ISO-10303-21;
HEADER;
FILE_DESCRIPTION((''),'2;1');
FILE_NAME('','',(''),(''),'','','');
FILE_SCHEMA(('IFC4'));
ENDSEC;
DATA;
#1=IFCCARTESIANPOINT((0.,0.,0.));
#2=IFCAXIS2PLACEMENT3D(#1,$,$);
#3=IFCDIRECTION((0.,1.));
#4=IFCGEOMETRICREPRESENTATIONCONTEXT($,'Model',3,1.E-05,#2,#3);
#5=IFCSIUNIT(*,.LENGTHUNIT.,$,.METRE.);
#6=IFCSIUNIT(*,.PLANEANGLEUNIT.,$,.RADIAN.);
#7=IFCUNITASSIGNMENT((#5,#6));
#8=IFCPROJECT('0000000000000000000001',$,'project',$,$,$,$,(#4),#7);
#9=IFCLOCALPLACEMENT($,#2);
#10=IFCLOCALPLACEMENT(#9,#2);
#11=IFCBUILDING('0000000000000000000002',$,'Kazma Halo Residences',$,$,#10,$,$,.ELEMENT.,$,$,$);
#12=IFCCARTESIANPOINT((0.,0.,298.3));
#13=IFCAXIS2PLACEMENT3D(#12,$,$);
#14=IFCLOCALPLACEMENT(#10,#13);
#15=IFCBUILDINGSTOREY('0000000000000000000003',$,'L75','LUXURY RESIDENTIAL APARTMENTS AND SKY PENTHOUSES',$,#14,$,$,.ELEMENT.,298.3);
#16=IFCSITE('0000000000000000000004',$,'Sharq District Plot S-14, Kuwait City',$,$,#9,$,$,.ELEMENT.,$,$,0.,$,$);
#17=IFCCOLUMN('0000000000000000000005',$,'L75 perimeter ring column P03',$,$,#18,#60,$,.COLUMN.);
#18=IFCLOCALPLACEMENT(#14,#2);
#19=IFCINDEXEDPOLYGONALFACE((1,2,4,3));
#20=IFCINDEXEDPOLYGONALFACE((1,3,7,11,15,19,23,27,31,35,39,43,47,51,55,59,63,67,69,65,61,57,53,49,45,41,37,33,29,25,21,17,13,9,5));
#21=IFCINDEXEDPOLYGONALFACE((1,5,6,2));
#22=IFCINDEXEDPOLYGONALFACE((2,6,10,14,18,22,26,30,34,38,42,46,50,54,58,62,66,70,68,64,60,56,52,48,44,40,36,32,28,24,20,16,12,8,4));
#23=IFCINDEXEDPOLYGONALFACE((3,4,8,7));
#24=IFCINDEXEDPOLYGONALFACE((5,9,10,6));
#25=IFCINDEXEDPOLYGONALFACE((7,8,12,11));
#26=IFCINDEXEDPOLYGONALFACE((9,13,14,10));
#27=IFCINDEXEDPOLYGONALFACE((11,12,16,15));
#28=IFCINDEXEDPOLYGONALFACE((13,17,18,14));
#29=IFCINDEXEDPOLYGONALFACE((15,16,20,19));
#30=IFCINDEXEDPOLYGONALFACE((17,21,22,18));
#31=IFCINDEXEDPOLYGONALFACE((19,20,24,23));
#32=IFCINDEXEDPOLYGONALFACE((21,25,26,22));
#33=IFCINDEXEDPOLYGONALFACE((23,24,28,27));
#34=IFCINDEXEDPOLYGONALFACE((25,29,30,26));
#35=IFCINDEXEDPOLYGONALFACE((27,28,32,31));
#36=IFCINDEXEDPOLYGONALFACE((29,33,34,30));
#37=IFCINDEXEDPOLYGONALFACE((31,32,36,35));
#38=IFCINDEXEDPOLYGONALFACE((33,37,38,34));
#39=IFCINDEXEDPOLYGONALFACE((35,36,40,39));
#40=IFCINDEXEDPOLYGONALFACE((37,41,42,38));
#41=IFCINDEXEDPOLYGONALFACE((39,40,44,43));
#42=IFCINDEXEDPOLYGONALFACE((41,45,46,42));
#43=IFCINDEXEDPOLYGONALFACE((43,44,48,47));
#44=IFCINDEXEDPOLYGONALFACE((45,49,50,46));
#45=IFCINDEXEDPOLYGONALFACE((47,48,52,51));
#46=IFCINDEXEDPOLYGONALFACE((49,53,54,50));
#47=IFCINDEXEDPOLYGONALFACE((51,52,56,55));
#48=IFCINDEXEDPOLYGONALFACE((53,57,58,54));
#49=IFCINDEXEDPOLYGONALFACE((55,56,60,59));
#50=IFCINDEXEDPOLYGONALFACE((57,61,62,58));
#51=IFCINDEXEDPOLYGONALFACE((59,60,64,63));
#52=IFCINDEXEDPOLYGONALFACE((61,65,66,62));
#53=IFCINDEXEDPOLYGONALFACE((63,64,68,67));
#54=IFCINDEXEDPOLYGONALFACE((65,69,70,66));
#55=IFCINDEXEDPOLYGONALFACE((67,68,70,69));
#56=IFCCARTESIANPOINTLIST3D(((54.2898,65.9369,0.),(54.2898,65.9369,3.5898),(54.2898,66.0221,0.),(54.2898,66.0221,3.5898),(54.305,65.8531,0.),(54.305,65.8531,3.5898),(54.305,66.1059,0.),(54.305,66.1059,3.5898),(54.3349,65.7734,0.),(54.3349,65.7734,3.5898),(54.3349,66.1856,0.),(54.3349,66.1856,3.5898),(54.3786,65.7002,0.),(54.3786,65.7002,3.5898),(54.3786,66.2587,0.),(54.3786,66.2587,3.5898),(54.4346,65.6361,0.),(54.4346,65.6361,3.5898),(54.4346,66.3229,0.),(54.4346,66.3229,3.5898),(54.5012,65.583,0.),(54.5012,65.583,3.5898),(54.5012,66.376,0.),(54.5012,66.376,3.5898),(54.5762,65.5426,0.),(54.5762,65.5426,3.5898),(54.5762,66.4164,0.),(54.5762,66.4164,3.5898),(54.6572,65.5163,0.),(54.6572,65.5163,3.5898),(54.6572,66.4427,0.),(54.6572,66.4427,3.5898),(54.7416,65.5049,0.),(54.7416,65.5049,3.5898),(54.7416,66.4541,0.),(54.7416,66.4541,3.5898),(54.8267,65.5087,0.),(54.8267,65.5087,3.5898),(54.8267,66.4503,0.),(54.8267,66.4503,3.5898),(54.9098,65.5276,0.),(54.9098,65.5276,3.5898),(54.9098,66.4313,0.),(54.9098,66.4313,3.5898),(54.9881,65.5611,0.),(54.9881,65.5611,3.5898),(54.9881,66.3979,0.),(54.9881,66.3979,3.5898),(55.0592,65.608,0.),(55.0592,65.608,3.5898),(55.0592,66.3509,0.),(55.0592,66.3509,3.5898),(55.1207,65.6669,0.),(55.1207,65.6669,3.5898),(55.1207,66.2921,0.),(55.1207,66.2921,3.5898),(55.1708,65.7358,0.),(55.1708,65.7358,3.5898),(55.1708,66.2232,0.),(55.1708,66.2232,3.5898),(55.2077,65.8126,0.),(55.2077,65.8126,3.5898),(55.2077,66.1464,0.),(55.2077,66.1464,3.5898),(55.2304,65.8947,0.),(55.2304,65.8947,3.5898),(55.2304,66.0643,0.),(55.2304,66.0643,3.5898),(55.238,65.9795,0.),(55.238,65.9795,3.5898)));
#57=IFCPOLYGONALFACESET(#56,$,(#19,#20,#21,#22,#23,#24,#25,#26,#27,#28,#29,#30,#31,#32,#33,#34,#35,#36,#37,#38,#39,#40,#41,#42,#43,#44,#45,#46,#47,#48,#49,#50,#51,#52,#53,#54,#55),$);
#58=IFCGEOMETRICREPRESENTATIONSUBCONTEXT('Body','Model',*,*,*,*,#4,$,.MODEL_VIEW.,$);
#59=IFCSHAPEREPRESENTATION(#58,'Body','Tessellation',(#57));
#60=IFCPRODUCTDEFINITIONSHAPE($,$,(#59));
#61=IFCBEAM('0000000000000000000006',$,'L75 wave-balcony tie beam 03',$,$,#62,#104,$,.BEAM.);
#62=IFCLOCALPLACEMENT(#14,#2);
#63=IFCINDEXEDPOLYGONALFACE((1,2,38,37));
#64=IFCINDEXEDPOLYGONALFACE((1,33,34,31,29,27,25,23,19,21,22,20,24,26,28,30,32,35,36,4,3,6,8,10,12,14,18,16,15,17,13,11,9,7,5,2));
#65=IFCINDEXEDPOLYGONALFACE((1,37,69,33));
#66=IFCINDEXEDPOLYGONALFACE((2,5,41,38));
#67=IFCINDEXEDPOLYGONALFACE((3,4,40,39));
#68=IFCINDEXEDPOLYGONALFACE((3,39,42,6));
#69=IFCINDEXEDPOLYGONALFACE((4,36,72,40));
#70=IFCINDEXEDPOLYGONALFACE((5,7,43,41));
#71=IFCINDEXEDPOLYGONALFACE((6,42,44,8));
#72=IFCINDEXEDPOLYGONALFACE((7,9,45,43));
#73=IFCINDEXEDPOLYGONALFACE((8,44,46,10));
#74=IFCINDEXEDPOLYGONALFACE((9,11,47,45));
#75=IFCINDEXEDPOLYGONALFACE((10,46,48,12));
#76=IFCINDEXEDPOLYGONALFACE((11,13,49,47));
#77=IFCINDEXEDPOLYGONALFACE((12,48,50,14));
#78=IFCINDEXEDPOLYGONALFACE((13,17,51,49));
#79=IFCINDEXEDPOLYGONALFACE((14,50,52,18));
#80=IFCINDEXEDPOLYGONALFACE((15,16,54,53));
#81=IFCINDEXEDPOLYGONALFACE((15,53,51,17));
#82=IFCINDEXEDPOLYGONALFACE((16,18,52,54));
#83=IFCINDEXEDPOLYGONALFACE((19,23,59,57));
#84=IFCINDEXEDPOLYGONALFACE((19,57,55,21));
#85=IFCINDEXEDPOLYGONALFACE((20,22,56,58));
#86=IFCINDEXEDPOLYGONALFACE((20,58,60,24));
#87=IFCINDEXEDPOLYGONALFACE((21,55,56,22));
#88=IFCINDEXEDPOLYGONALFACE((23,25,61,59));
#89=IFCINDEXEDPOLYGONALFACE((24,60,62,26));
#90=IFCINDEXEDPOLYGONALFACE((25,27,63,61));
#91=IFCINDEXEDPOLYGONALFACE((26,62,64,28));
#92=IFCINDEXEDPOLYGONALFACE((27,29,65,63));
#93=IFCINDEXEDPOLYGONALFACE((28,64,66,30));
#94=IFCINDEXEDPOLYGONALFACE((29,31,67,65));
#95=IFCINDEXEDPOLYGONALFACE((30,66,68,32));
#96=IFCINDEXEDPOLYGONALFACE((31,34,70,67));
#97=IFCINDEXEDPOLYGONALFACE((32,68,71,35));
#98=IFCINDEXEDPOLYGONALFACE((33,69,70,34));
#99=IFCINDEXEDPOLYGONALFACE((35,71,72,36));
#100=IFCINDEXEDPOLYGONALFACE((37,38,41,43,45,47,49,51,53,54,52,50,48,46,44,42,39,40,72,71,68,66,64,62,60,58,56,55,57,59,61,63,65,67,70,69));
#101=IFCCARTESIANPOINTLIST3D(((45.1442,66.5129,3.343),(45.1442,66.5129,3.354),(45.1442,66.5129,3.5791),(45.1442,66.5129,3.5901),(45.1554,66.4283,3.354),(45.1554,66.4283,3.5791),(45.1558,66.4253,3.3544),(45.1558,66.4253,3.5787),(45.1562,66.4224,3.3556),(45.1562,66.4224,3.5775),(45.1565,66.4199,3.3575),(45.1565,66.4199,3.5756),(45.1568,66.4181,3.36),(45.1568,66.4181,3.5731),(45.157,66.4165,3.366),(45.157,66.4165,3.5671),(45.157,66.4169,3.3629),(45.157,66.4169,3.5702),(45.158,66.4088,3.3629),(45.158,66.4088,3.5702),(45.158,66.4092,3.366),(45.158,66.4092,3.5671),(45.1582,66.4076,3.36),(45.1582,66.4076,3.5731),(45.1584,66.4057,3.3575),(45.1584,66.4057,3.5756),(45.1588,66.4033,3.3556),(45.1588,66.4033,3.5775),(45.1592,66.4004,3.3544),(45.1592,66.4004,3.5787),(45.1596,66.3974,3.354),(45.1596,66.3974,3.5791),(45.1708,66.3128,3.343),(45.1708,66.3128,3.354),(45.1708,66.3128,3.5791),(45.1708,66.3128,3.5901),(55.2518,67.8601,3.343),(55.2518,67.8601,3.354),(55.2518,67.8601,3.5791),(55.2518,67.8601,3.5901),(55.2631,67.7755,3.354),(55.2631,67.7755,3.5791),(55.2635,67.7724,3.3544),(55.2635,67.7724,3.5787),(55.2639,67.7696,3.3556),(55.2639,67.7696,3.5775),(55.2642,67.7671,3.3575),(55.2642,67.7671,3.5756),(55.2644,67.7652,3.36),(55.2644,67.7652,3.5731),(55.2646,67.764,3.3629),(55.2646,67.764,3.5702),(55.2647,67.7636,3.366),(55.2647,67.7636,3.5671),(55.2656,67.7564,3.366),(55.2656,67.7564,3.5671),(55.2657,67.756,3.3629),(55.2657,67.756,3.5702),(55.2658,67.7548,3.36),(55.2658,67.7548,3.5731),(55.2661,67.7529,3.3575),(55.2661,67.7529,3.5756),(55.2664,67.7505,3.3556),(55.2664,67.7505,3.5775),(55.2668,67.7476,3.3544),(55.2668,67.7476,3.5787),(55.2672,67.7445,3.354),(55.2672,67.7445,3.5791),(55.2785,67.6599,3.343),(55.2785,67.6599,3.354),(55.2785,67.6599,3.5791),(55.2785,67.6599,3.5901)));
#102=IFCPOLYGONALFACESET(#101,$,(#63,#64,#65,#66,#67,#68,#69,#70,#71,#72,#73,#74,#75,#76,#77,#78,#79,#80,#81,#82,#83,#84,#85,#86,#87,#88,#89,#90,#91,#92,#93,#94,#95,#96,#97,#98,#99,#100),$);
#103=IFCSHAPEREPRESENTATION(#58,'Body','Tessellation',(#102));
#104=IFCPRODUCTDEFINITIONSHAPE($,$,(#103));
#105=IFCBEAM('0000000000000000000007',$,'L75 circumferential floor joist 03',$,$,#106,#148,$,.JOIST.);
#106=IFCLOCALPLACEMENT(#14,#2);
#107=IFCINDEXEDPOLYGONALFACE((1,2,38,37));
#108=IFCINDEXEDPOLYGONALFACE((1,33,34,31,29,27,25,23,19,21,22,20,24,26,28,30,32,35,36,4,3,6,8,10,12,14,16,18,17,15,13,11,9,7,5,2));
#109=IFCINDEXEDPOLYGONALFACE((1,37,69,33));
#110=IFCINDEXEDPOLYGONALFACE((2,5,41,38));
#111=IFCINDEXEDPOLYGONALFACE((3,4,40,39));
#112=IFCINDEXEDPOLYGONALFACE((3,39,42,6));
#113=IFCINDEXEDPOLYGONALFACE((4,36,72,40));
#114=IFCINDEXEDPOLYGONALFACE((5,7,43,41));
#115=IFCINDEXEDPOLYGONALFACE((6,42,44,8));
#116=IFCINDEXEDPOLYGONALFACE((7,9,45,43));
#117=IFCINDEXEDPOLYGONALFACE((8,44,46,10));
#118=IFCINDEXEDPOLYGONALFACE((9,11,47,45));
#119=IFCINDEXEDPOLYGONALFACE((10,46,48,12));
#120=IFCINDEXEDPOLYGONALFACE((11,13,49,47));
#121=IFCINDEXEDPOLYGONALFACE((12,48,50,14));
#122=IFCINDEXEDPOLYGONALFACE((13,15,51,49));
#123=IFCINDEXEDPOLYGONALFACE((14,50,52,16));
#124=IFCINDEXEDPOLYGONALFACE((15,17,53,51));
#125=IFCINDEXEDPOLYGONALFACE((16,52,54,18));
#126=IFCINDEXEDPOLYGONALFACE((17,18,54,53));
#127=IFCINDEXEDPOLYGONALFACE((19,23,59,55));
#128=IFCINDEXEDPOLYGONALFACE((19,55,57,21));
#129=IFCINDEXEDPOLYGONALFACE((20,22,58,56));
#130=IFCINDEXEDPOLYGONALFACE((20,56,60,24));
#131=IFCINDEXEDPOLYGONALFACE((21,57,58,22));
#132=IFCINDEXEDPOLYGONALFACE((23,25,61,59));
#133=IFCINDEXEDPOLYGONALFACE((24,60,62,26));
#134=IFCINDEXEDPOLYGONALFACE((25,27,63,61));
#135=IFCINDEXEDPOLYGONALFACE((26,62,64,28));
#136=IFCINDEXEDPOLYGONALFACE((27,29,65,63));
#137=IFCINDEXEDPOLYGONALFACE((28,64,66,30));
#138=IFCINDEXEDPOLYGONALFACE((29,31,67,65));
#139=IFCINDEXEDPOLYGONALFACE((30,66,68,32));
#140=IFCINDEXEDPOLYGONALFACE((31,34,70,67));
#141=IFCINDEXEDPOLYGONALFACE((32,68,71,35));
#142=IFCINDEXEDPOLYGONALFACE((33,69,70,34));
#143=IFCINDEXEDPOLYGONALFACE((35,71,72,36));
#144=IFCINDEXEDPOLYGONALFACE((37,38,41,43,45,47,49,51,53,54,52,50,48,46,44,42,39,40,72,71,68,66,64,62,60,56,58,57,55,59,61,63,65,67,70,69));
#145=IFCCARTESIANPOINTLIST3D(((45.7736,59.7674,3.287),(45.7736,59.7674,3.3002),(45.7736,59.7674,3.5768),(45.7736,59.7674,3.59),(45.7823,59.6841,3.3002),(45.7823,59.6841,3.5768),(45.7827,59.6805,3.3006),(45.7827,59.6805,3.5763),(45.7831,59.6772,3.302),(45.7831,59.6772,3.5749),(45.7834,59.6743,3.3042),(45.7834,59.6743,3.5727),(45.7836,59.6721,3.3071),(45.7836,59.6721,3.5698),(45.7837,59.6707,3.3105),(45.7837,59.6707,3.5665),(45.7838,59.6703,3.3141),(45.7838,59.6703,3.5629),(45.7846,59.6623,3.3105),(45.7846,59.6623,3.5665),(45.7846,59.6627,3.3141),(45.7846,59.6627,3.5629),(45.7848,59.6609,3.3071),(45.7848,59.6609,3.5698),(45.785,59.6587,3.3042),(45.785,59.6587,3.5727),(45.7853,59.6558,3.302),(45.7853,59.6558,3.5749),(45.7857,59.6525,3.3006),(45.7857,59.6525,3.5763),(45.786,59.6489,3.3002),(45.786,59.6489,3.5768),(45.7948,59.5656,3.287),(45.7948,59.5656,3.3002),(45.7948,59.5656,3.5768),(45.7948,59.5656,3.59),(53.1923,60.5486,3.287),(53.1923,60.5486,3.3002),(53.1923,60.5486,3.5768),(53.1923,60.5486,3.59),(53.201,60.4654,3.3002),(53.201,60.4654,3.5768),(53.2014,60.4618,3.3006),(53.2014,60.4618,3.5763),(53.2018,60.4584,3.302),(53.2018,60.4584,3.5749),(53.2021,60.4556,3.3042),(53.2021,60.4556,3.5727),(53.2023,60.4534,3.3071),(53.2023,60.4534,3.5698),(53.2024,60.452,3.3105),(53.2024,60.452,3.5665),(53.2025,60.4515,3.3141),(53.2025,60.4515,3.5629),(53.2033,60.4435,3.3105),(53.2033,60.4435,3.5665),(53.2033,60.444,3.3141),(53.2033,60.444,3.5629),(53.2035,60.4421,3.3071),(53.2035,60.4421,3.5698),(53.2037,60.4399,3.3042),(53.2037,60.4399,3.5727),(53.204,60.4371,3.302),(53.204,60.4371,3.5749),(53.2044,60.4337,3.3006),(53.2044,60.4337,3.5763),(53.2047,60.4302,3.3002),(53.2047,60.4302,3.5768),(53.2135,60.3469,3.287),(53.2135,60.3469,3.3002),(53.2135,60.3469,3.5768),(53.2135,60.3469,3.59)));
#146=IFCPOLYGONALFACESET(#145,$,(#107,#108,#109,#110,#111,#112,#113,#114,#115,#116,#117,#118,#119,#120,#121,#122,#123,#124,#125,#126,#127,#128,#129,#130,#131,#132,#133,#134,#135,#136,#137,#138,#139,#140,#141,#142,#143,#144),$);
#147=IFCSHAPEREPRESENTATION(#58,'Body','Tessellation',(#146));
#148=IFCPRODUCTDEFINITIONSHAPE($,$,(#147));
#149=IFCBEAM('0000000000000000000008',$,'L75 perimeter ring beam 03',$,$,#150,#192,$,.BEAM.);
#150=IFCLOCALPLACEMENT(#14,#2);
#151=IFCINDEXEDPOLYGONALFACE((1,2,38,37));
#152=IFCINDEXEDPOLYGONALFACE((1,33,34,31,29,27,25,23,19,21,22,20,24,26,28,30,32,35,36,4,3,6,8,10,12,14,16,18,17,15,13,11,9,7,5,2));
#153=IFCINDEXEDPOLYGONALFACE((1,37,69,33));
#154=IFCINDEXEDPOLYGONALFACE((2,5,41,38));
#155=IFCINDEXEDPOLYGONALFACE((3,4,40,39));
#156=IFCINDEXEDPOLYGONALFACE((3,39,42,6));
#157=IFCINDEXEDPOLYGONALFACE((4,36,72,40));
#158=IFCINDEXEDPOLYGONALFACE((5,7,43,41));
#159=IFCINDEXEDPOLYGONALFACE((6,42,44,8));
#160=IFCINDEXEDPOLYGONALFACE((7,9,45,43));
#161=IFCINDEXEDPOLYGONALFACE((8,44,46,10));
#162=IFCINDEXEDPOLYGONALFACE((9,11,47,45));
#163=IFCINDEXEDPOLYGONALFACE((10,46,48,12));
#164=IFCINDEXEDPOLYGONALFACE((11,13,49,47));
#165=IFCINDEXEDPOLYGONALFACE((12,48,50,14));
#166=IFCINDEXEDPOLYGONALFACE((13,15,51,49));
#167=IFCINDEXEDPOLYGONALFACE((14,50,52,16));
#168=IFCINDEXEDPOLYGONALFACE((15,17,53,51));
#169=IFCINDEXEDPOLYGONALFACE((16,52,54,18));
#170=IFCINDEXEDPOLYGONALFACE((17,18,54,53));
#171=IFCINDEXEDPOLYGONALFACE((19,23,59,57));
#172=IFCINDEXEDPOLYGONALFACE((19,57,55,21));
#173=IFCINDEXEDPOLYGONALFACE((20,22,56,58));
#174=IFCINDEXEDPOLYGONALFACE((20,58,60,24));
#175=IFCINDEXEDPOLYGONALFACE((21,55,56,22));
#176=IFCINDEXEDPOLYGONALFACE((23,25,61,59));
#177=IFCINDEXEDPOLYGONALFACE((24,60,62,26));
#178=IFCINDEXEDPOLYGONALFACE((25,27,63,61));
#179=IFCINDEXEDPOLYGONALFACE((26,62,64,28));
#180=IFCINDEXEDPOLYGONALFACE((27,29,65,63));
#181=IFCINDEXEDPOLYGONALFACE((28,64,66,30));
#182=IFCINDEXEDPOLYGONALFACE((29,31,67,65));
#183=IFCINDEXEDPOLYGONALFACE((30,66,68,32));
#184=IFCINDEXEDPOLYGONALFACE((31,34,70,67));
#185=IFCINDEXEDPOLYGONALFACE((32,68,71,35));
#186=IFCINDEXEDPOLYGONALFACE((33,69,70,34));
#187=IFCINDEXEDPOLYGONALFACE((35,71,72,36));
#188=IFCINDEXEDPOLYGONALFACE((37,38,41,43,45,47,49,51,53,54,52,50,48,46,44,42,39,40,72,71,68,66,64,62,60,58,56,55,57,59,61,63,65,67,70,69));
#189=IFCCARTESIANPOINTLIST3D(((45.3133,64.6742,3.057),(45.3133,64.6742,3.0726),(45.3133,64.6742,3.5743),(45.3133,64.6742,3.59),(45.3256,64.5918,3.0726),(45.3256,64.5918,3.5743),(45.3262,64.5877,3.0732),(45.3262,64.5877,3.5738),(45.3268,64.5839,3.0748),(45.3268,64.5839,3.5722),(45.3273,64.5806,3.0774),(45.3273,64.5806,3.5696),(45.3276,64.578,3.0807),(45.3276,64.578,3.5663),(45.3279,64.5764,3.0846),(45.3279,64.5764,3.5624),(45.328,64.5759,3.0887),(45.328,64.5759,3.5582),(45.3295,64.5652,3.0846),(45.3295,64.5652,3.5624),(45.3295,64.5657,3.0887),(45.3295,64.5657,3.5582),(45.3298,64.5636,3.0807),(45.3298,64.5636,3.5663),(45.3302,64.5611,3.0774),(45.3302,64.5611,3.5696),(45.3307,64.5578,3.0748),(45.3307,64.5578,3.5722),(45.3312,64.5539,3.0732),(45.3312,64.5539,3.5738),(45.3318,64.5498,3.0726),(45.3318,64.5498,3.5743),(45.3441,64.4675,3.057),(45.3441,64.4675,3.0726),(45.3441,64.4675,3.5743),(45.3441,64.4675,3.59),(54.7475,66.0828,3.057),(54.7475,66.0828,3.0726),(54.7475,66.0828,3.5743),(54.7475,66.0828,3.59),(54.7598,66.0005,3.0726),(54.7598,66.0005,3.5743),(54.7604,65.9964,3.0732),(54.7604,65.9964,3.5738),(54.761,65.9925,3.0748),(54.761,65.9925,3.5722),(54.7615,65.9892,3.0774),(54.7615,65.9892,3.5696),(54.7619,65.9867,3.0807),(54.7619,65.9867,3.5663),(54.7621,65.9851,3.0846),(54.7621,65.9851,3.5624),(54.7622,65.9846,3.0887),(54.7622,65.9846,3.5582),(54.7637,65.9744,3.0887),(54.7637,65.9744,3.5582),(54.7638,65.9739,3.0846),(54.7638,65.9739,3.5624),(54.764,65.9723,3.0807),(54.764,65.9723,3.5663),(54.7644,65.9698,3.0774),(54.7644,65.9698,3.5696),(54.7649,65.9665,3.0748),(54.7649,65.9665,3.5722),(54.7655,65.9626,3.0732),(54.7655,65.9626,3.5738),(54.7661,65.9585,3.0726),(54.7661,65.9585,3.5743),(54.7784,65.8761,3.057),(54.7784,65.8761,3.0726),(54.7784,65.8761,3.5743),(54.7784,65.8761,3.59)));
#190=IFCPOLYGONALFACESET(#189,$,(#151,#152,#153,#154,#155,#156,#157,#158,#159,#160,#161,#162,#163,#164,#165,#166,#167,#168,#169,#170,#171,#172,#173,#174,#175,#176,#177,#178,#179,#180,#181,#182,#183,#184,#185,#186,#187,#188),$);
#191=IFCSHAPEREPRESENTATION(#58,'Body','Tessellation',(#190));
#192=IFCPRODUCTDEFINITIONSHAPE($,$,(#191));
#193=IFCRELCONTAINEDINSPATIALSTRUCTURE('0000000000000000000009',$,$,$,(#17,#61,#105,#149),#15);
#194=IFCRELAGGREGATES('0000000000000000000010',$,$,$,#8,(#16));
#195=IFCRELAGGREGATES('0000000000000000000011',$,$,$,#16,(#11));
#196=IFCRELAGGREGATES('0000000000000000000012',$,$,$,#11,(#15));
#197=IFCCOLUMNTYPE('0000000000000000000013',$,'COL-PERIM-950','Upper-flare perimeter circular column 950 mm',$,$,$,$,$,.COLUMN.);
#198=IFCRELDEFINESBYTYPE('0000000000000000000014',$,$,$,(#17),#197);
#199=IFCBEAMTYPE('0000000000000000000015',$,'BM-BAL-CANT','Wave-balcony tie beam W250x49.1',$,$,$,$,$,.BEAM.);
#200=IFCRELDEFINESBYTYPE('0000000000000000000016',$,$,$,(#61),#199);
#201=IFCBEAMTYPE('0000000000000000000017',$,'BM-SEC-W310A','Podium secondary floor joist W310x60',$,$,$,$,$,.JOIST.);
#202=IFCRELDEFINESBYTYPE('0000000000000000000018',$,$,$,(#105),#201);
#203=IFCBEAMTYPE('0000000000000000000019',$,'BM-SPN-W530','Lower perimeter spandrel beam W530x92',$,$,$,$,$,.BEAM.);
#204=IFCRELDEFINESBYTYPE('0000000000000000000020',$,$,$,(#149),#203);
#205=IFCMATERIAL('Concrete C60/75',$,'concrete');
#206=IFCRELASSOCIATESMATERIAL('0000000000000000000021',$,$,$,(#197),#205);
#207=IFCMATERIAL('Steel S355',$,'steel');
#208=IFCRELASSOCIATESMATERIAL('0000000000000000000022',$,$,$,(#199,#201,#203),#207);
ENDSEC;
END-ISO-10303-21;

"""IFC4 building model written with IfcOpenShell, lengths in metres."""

from ifc_helpers import new_model, si_unit, direction, frame, origin, origin_2d, place, context, subcontext, project, spatial, circle, i_section, extrude, material, material_profile, profile_set, type_object, element, save


model = new_model("IFC4")

# Units and contexts
model_context = context("Model", 3, precision=1e-05, world=origin(), true_north=direction((0.0, 1.0)))
body_context = subcontext(model_context, "Body", "Model", "MODEL_VIEW")
ifc_project = project(units=[si_unit("LENGTHUNIT", "METRE"), si_unit("PLANEANGLEUNIT", "RADIAN")], contexts=[model_context])

# Site, building, storey
site_placement = place(None, origin())
site = spatial("IfcSite", under=ifc_project, at=site_placement, Name="Sharq District Plot S-14, Kuwait City", CompositionType="ELEMENT", RefElevation=0.0)
building_placement = place(site_placement, origin())
building = spatial("IfcBuilding", under=site, at=building_placement, Name="Kazma Halo Residences", CompositionType="ELEMENT")
storey_placement = place(building_placement, frame((0.0, 0.0, 298.3)))
storey = spatial("IfcBuildingStorey", under=building, at=storey_placement, Name="L75", Description="LUXURY RESIDENTIAL APARTMENTS AND SKY PENTHOUSES", CompositionType="ELEMENT", Elevation=298.3)

# Column
ifc_material_1 = material(Name="Concrete C60/75", Category="concrete")
ifc_material_profile_1 = material_profile(ifc_material_1, circle(Radius=0.4751, at=origin_2d()), Name="CIRC950")
ifc_profile_set_1 = profile_set([ifc_material_profile_1], Name="Concrete C60/75")
column_type = type_object("IfcColumnType", Name="COL-PERIM-950", Description="Upper-flare perimeter circular column 950 mm", PredefinedType="COLUMN", material=ifc_profile_set_1)
column_placement = place(storey_placement, frame((54.7629, 65.9795, 0.0), z_axis=(0.0, 0.0, 1.0), x_axis=(1.0, 0.0, 0.0)))
element("IfcColumn", 1, at=column_placement, inside=storey, type_object=column_type, Name="L75 perimeter ring column P03", PredefinedType="COLUMN", context=body_context, shape_type="SweptSolid", body=[
    extrude(circle(Radius=0.4751, at=origin_2d()), origin(), (0.0, 0.0, 1.0), 3.5898),
])

# Beams
ifc_material_2 = material(Name="Steel S355", Category="steel")
ifc_material_profile_2 = material_profile(ifc_material_2, i_section(OverallWidth=0.2019, OverallDepth=0.2471, WebThickness=0.0073, FlangeThickness=0.011, FilletRadius=0.012, at=origin_2d()), Name="W250x49.1")
ifc_profile_set_2 = profile_set([ifc_material_profile_2], Name="Steel S355")
beam_type_1 = type_object("IfcBeamType", Name="BM-BAL-CANT", Description="Wave-balcony tie beam W250x49.1", PredefinedType="BEAM", material=ifc_profile_set_2)
beam_1_placement = place(storey_placement, frame((55.2651, 67.76, 3.4666), z_axis=(-0.991235, -0.132114, 0.0), x_axis=(0.132114, -0.991235, 0.0)))
element("IfcBeam", 2, at=beam_1_placement, inside=storey, type_object=beam_type_1, Name="L75 wave-balcony tie beam 03", PredefinedType="BEAM", context=body_context, shape_type="SweptSolid", body=[
    extrude(i_section(OverallWidth=0.2019, OverallDepth=0.2471, WebThickness=0.0073, FlangeThickness=0.011, FilletRadius=0.012, at=origin_2d()), origin(), (0.0, 0.0, 1.0), 10.197),
])
ifc_material_profile_3 = material_profile(ifc_material_2, i_section(OverallWidth=0.2029, OverallDepth=0.303, WebThickness=0.0076, FlangeThickness=0.0132, FilletRadius=0.0139, at=origin_2d()), Name="W310x60")
ifc_profile_set_3 = profile_set([ifc_material_profile_3], Name="Steel S355")
beam_type_2 = type_object("IfcBeamType", Name="BM-SEC-W310A", Description="Podium secondary floor joist W310x60", PredefinedType="JOIST", material=ifc_profile_set_3)
beam_2_placement = place(storey_placement, frame((53.2029, 60.4478, 3.4385), z_axis=(-0.994501, -0.104729, 0.0), x_axis=(0.104729, -0.994501, 0.0)))
element("IfcBeam", 3, at=beam_2_placement, inside=storey, type_object=beam_type_2, Name="L75 circumferential floor joist 03", PredefinedType="JOIST", context=body_context, shape_type="SweptSolid", body=[
    extrude(i_section(OverallWidth=0.2029, OverallDepth=0.303, WebThickness=0.0076, FlangeThickness=0.0132, FilletRadius=0.0139, at=origin_2d()), origin(), (0.0, 0.0, 1.0), 7.4597),
])
ifc_material_profile_4 = material_profile(ifc_material_2, i_section(OverallWidth=0.209, OverallDepth=0.533, WebThickness=0.0103, FlangeThickness=0.0156, FilletRadius=0.0161, at=origin_2d()), Name="W530x92")
ifc_profile_set_4 = profile_set([ifc_material_profile_4], Name="Steel S355")
beam_type_3 = type_object("IfcBeamType", Name="BM-SPN-W530", Description="Lower perimeter spandrel beam W530x92", PredefinedType="BEAM", material=ifc_profile_set_4)
beam_3_placement = place(storey_placement, frame((54.7629, 65.9795, 3.3235), z_axis=(-0.989035, -0.147678, 0.0), x_axis=(0.147678, -0.989035, 0.0)))
element("IfcBeam", 4, at=beam_3_placement, inside=storey, type_object=beam_type_3, Name="L75 perimeter ring beam 03", PredefinedType="BEAM", context=body_context, shape_type="SweptSolid", body=[
    extrude(i_section(OverallWidth=0.209, OverallDepth=0.533, WebThickness=0.0103, FlangeThickness=0.0156, FilletRadius=0.0161, at=origin_2d()), origin(), (0.0, 0.0, 1.0), 9.5388),
])

save(model, "model.ifc")
